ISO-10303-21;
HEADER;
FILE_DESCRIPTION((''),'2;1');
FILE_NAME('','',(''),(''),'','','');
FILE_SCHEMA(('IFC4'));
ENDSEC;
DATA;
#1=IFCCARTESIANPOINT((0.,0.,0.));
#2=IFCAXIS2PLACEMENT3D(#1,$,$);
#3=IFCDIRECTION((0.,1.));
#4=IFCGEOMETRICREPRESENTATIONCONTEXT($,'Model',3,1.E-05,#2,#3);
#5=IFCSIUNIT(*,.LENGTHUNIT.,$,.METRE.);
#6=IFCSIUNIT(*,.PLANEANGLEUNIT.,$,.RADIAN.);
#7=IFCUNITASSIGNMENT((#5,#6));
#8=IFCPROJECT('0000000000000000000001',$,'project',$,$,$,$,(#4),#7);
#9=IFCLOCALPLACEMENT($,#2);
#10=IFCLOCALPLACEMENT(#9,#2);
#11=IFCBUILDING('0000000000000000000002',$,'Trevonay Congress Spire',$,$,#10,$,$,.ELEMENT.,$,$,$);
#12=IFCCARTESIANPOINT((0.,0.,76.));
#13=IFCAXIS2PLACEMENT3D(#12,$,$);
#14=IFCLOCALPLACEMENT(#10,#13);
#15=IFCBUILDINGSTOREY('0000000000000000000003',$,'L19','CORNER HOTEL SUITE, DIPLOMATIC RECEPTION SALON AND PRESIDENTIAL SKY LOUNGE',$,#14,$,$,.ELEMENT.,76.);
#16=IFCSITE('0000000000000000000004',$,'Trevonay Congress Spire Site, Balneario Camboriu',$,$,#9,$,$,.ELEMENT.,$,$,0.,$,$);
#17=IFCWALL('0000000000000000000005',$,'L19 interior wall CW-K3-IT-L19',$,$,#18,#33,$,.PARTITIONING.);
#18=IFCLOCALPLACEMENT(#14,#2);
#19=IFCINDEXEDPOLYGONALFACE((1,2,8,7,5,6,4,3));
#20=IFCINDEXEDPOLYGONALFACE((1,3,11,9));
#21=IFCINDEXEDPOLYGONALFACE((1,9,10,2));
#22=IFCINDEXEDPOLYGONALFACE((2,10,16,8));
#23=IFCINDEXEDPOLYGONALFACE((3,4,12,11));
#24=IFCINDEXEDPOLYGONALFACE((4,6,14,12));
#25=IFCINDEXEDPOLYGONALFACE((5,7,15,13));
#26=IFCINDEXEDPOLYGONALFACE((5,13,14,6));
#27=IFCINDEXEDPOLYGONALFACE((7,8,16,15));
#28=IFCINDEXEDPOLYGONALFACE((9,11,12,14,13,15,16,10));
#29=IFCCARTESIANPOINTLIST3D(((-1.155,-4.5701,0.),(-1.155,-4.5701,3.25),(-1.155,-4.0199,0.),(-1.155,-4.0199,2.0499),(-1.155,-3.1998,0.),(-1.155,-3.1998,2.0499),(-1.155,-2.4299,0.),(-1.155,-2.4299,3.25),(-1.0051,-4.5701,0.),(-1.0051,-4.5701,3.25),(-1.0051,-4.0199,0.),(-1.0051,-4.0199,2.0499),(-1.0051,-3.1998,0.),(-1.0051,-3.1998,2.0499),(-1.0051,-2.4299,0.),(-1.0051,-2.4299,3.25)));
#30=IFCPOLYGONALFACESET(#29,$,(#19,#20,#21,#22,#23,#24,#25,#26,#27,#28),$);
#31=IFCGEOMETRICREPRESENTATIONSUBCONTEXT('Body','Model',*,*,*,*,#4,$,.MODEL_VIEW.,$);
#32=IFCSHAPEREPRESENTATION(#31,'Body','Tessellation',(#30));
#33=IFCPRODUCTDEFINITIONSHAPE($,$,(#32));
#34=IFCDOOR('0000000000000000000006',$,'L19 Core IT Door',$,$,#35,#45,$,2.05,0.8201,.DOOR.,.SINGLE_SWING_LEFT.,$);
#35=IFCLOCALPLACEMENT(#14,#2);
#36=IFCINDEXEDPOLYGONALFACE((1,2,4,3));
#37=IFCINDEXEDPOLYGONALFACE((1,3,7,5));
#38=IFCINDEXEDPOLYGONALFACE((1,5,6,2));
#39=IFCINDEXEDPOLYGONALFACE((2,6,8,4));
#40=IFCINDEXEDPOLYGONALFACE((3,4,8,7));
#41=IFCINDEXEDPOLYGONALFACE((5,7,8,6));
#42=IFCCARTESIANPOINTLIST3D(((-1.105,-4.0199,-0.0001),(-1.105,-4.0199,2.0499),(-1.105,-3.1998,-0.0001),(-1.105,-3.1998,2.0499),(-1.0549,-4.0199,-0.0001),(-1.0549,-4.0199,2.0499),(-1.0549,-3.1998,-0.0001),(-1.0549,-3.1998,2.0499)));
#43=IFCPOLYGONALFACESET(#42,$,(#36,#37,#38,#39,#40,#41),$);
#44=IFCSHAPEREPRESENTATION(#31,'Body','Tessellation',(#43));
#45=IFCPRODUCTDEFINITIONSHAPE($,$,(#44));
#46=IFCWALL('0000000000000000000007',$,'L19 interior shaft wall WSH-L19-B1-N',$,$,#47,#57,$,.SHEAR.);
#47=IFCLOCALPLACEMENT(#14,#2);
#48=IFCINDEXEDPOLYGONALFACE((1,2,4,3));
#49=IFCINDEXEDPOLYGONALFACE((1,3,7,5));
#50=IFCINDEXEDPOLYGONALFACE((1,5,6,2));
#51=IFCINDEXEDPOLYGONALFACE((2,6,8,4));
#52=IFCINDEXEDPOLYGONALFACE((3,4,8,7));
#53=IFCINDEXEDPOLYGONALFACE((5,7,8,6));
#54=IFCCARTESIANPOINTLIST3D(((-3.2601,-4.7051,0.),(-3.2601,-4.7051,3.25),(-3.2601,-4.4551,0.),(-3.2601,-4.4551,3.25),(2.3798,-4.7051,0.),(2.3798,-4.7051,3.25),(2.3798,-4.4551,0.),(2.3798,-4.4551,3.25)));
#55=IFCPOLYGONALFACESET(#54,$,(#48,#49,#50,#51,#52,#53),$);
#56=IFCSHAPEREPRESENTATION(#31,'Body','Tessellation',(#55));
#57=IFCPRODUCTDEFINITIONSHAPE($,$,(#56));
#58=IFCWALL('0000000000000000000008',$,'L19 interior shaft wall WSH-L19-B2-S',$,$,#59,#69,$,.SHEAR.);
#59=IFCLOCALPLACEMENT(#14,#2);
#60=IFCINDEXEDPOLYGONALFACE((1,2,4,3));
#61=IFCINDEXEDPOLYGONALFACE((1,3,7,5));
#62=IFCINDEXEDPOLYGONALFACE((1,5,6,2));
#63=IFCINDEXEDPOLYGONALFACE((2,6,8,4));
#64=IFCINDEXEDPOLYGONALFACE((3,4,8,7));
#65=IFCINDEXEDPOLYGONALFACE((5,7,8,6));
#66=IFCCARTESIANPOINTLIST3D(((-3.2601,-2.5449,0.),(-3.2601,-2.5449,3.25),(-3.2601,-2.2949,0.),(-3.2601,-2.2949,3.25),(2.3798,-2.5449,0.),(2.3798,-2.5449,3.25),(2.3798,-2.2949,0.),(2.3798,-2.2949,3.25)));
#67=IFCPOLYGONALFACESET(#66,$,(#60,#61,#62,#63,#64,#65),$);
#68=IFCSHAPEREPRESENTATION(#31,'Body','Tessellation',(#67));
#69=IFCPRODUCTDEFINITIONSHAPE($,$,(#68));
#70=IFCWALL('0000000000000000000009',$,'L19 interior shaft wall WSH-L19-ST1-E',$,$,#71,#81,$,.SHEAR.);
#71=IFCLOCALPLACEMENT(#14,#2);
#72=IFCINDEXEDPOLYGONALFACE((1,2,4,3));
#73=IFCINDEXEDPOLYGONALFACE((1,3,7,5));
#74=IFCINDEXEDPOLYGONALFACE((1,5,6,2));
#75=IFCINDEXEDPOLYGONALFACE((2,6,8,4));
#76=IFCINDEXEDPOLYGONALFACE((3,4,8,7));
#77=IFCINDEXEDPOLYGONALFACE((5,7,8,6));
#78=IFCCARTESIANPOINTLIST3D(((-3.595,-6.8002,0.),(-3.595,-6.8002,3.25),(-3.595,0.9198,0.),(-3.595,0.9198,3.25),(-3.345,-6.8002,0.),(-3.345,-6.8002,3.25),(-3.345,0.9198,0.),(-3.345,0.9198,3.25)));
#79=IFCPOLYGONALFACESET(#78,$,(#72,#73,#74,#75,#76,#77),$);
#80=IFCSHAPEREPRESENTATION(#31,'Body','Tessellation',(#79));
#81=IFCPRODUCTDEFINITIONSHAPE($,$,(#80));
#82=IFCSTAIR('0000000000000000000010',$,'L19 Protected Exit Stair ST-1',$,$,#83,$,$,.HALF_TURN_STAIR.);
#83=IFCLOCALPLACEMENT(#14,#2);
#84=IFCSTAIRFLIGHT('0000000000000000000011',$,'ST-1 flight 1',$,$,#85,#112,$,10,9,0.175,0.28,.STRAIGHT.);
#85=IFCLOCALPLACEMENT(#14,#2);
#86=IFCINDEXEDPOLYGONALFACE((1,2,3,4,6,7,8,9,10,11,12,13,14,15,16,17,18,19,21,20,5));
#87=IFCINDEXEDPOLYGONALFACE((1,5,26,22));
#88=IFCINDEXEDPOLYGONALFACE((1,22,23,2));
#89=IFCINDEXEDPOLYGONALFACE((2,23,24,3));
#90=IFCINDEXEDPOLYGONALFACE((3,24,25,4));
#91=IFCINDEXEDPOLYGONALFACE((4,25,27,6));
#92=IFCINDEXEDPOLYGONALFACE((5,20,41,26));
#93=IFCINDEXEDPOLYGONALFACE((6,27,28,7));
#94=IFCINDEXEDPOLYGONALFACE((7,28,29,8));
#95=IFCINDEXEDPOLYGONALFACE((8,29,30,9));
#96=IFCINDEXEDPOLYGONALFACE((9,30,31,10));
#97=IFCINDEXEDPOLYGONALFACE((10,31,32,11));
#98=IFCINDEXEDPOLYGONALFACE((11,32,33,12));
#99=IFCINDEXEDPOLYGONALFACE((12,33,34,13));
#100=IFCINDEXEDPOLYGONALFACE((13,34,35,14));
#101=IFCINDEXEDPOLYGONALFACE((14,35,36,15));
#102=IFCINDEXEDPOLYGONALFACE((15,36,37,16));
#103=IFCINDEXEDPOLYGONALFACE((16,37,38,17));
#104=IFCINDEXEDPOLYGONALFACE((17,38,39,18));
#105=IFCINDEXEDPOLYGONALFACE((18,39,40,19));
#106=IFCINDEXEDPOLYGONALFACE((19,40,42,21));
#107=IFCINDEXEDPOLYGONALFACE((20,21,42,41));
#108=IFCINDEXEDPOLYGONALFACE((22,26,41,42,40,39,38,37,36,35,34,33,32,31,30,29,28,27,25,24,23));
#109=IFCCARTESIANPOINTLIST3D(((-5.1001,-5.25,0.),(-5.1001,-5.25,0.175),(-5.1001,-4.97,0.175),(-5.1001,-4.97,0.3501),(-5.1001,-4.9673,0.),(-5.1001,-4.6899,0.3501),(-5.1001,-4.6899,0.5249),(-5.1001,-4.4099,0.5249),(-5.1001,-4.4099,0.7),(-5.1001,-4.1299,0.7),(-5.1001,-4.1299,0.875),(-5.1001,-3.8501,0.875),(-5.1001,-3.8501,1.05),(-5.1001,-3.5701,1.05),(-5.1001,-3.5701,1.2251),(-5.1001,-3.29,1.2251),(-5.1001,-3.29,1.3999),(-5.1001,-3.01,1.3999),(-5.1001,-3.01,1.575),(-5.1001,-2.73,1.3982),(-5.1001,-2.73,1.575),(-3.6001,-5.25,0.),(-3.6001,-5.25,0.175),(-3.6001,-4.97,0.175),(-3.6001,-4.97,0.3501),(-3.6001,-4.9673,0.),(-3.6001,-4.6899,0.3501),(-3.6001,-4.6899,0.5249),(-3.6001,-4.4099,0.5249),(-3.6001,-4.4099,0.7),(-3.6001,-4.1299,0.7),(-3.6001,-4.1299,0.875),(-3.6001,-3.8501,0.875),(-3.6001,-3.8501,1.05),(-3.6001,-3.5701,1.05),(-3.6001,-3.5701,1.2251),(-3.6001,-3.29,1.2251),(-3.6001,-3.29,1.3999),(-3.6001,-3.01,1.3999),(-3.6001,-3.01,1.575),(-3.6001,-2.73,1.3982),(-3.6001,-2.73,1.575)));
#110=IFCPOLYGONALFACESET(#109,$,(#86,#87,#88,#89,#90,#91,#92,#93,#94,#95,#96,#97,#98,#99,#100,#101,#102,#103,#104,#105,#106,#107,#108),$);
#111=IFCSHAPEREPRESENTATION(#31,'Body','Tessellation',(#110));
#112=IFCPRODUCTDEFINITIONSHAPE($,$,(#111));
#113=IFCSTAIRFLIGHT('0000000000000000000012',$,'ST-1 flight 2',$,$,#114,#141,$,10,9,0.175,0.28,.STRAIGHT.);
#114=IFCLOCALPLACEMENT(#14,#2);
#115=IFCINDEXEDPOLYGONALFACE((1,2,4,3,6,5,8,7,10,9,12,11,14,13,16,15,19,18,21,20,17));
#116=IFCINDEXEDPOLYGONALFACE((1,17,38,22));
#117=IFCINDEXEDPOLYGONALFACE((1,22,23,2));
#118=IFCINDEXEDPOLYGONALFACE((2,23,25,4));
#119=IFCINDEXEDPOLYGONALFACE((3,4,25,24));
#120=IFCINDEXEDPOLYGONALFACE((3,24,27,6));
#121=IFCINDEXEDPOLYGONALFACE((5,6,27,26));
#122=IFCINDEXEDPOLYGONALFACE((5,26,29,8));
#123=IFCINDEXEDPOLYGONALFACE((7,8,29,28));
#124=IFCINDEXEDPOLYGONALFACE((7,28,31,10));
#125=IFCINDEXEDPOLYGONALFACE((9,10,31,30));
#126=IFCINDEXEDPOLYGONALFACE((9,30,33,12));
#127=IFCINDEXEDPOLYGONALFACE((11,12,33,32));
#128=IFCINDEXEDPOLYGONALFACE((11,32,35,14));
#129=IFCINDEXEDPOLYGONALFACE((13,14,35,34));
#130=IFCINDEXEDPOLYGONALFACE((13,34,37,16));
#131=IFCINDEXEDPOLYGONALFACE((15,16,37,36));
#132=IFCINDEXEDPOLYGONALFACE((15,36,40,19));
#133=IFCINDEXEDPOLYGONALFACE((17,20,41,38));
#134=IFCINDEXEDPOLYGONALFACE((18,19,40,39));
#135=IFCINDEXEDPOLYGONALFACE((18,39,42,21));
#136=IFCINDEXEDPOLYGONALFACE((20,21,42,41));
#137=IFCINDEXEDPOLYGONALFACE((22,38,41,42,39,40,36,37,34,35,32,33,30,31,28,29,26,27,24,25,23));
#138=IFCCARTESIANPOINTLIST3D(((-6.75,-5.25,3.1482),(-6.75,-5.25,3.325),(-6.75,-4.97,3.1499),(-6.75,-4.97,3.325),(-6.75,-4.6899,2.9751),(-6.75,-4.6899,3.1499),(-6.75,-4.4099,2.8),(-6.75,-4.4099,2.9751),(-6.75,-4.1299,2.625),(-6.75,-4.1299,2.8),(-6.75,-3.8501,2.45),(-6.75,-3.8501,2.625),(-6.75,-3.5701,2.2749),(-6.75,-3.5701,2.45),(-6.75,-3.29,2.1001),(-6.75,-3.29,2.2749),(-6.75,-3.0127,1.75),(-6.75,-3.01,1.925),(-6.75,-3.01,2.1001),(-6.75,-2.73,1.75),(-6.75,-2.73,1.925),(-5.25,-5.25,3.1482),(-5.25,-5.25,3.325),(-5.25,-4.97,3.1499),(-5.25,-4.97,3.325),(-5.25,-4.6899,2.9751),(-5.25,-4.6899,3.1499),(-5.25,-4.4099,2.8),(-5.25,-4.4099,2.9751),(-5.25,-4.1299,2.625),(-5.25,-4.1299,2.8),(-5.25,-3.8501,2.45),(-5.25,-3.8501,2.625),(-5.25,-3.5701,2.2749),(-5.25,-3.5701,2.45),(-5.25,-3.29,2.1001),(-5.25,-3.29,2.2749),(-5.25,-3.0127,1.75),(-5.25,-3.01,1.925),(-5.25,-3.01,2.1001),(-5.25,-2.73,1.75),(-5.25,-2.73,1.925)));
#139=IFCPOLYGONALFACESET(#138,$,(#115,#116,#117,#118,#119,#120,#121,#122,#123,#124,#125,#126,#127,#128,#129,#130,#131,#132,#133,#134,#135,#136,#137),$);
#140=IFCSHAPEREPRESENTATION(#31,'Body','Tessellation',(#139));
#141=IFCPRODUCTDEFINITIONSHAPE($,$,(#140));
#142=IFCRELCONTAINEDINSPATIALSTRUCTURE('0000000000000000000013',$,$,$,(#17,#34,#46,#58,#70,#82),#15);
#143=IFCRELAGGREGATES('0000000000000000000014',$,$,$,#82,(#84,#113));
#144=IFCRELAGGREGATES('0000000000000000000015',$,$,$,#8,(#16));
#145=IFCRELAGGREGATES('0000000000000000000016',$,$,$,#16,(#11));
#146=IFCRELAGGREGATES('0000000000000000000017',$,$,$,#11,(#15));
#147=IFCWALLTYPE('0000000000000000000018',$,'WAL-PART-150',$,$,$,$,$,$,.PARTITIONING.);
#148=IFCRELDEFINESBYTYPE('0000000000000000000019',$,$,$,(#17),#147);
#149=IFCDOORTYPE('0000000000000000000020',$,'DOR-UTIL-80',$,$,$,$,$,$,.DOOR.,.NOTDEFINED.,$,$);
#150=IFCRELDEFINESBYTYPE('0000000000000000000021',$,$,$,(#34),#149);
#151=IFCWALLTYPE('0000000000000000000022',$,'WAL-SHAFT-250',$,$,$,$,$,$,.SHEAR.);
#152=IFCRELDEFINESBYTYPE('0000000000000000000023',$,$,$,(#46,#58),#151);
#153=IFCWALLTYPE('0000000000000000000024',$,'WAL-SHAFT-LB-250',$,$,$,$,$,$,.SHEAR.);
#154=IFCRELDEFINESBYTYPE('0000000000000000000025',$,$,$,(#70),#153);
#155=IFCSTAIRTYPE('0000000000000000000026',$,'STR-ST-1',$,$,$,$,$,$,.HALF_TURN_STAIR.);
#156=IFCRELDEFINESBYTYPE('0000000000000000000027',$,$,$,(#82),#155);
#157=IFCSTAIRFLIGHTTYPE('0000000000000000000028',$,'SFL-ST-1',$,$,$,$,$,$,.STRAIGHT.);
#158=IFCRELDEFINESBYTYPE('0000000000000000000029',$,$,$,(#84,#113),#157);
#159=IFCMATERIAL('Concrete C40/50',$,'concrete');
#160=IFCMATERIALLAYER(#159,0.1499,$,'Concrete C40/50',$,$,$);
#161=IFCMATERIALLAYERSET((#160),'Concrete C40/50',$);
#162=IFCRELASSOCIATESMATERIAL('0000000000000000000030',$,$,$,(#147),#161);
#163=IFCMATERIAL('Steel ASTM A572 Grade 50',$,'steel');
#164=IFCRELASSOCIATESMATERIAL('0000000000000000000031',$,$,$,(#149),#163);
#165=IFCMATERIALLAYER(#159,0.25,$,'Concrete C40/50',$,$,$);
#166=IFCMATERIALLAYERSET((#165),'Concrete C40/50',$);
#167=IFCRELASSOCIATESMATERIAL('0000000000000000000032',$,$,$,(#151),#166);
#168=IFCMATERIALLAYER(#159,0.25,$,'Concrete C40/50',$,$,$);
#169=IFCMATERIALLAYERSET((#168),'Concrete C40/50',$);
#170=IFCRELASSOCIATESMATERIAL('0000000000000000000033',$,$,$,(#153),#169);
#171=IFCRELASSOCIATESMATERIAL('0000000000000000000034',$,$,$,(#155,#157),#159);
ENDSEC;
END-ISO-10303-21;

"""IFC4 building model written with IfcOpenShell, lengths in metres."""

from ifc_helpers import new_model, si_unit, direction, frame, frame_2d, origin, place, context, subcontext, project, spatial, polyline, rectangle, outline, extrude, material, layer, layer_set, type_object, element, fill, aggregate, save


model = new_model("IFC4")

# Units and contexts
model_context = context("Model", 3, precision=1e-05, world=origin(), true_north=direction((0.0, 1.0)))
body_context = subcontext(model_context, "Body", "Model", "MODEL_VIEW")
ifc_project = project(units=[si_unit("LENGTHUNIT", "METRE"), si_unit("PLANEANGLEUNIT", "RADIAN")], contexts=[model_context])

# Site, building, storey
site_placement = place(None, origin())
site = spatial("IfcSite", under=ifc_project, at=site_placement, Name="Trevonay Congress Spire Site, Balneario Camboriu", CompositionType="ELEMENT", RefElevation=0.0)
building_placement = place(site_placement, origin())
building = spatial("IfcBuilding", under=site, at=building_placement, Name="Trevonay Congress Spire", CompositionType="ELEMENT")
storey_placement = place(building_placement, frame((0.0, 0.0, 76.0)))
storey = spatial("IfcBuildingStorey", under=building, at=storey_placement, Name="L19", Description="CORNER HOTEL SUITE, DIPLOMATIC RECEPTION SALON AND PRESIDENTIAL SKY LOUNGE", CompositionType="ELEMENT", Elevation=76.0)

# Shared definitions
ifc_material_1 = material(Name="Steel ASTM A572 Grade 50", Category="steel")

# Wall, opening, door
ifc_material_2 = material(Name="Concrete C40/50", Category="concrete")
ifc_layer_1 = layer(ifc_material_2, 0.1499, Name="Concrete C40/50")
ifc_layer_set_1 = layer_set([ifc_layer_1], Name="Concrete C40/50")
wall_type_1 = type_object("IfcWallType", Name="WAL-PART-150", PredefinedType="PARTITIONING", material=ifc_layer_set_1)
wall_1_placement = place(storey_placement, frame((-1.0801, -4.5701, 0.0), z_axis=(0.0, 0.0, 1.0), x_axis=(0.0, 1.0, 0.0)))
wall_1 = element("IfcWall", 1, at=wall_1_placement, inside=storey, type_object=wall_type_1, Name="L19 interior wall CW-K3-IT-L19", PredefinedType="PARTITIONING", context=body_context, shape_type="SweptSolid", body=[
    extrude(rectangle(XDim=2.1401, YDim=0.1499, at=frame_2d((1.0701, 0.0))), origin(), (0.0, 0.0, 1.0), 3.25),
])
opening_1_placement = place(wall_1_placement, frame((0.55, 0.0, 0.0)))
opening_1 = element("IfcOpeningElement", 2, at=opening_1_placement, cuts=wall_1, PredefinedType="OPENING", context=body_context, shape_type="SweptSolid", body=[
    extrude(rectangle(XDim=0.8201, YDim=2.05, at=frame_2d((0.4102, 1.0249))), frame((0.0, 0.085, 0.0), z_axis=(0.0, -1.0, 0.0), x_axis=(1.0, 0.0, 0.0)), (0.0, 0.0, 1.0), 0.1699),
])
door_type_1 = type_object("IfcDoorType", Name="DOR-UTIL-80", OperationType="NOTDEFINED", PredefinedType="DOOR", material=ifc_material_1)
door_1_placement = place(opening_1_placement, origin())
door_1 = element("IfcDoor", 3, at=door_1_placement, inside=storey, type_object=door_type_1, Name="L19 Core IT Door", OperationType="SINGLE_SWING_LEFT", OverallHeight=2.05, OverallWidth=0.8201, PredefinedType="DOOR", context=body_context, shape_type="SweptSolid", body=[
    extrude(rectangle(XDim=0.8201, YDim=2.05, at=frame_2d((0.4102, 1.0249))), frame((0.0, 0.0249, 0.0), z_axis=(0.0, -1.0, 0.0), x_axis=(1.0, 0.0, 0.0)), (0.0, 0.0, 1.0), 0.05),
])
fill(opening_1, door_1)

# Walls
ifc_layer_2 = layer(ifc_material_2, 0.25, Name="Concrete C40/50")
ifc_layer_set_2 = layer_set([ifc_layer_2], Name="Concrete C40/50")
wall_type_2 = type_object("IfcWallType", Name="WAL-SHAFT-250", PredefinedType="SHEAR", material=ifc_layer_set_2)
for number, where, z_axis, x_axis, name in (
    (4, (-3.26, -4.5801, 0.0), (0.0, 0.0, 1.0), (1.0, 0.0, 0.0), "L19 interior shaft wall WSH-L19-B1-N"),
    (5, (-3.26, -2.4199, 0.0), (0.0, 0.0, 1.0), (1.0, 0.0, 0.0), "L19 interior shaft wall WSH-L19-B2-S"),
):
    element("IfcWall", number, at=place(storey_placement, frame(where, z_axis=z_axis, x_axis=x_axis)), inside=storey, type_object=wall_type_2, Name=name, PredefinedType="SHEAR", context=body_context, shape_type="SweptSolid", body=[
        extrude(rectangle(XDim=5.6399, YDim=0.25, at=frame_2d((2.8198, 0.0))), origin(), (0.0, 0.0, 1.0), 3.25),
    ])
ifc_layer_3 = layer(ifc_material_2, 0.25, Name="Concrete C40/50")
ifc_layer_set_3 = layer_set([ifc_layer_3], Name="Concrete C40/50")
wall_type_3 = type_object("IfcWallType", Name="WAL-SHAFT-LB-250", PredefinedType="SHEAR", material=ifc_layer_set_3)
wall_2_placement = place(storey_placement, frame((-3.47, -6.8, 0.0), z_axis=(0.0, 0.0, 1.0), x_axis=(0.0, 1.0, 0.0)))
element("IfcWall", 6, at=wall_2_placement, inside=storey, type_object=wall_type_3, Name="L19 interior shaft wall WSH-L19-ST1-E", PredefinedType="SHEAR", context=body_context, shape_type="SweptSolid", body=[
    extrude(rectangle(XDim=7.72, YDim=0.25, at=frame_2d((3.8599, 0.0))), origin(), (0.0, 0.0, 1.0), 3.25),
])

# Stair, stair flights
stair_type = type_object("IfcStairType", Name="STR-ST-1", PredefinedType="HALF_TURN_STAIR", material=ifc_material_2)
stair_placement = place(storey_placement, origin())
stair = element("IfcStair", 7, at=stair_placement, inside=storey, type_object=stair_type, Name="L19 Protected Exit Stair ST-1", PredefinedType="HALF_TURN_STAIR")
stair_flight_type = type_object("IfcStairFlightType", Name="SFL-ST-1", PredefinedType="STRAIGHT", material=ifc_material_2)
stair_flight_1_placement = place(storey_placement, frame((-4.3501, -5.25, 0.0), z_axis=(0.0, 0.0, 1.0), x_axis=(0.0, 1.0, 0.0)))
stair_flight_1 = element("IfcStairFlight", 8, at=stair_flight_1_placement, type_object=stair_flight_type, Name="ST-1 flight 1", NumberOfRisers=10, NumberOfTreads=9, PredefinedType="STRAIGHT", RiserHeight=0.175, TreadLength=0.28, context=body_context, shape_type="SweptSolid", body=[
    extrude(outline(polyline([(0.0, 0.0), (0.0, 0.175), (0.28, 0.175), (0.28, 0.3501), (0.5601, 0.3501), (0.5601, 0.5249), (0.8401, 0.5249), (0.8401, 0.7), (1.1201, 0.7), (1.1201, 0.875), (1.3999, 0.875), (1.3999, 1.05), (1.6799, 1.05), (1.6799, 1.2251), (1.96, 1.2251), (1.96, 1.3999), (2.24, 1.3999), (2.24, 1.575), (2.52, 1.575), (2.52, 1.75), (2.52, 1.3982), (0.2827, 0.0), (0.0, 0.0)])), frame((0.0, 0.75, 0.0), z_axis=(0.0, -1.0, 0.0), x_axis=(1.0, 0.0, 0.0)), (0.0, 0.0, 1.0), 1.5),
])
stair_flight_2_placement = place(storey_placement, frame((-6.0, -2.73, 1.75), z_axis=(0.0, 0.0, 1.0), x_axis=(0.0, -1.0, 0.0)))
stair_flight_2 = element("IfcStairFlight", 9, at=stair_flight_2_placement, type_object=stair_flight_type, Name="ST-1 flight 2", NumberOfRisers=10, NumberOfTreads=9, PredefinedType="STRAIGHT", RiserHeight=0.175, TreadLength=0.28, context=body_context, shape_type="SweptSolid", body=[
    extrude(outline(polyline([(0.0, 0.0), (0.0, 0.175), (0.28, 0.175), (0.28, 0.3501), (0.5601, 0.3501), (0.5601, 0.5249), (0.8401, 0.5249), (0.8401, 0.7), (1.1201, 0.7), (1.1201, 0.875), (1.3999, 0.875), (1.3999, 1.05), (1.6799, 1.05), (1.6799, 1.2251), (1.96, 1.2251), (1.96, 1.3999), (2.24, 1.3999), (2.24, 1.575), (2.52, 1.575), (2.52, 1.75), (2.52, 1.3982), (0.2827, 0.0), (0.0, 0.0)])), frame((0.0, 0.75, 0.0), z_axis=(0.0, -1.0, 0.0), x_axis=(1.0, 0.0, 0.0)), (0.0, 0.0, 1.0), 1.5),
])
aggregate(stair, [stair_flight_1, stair_flight_2])

save(model, "model.ifc")
